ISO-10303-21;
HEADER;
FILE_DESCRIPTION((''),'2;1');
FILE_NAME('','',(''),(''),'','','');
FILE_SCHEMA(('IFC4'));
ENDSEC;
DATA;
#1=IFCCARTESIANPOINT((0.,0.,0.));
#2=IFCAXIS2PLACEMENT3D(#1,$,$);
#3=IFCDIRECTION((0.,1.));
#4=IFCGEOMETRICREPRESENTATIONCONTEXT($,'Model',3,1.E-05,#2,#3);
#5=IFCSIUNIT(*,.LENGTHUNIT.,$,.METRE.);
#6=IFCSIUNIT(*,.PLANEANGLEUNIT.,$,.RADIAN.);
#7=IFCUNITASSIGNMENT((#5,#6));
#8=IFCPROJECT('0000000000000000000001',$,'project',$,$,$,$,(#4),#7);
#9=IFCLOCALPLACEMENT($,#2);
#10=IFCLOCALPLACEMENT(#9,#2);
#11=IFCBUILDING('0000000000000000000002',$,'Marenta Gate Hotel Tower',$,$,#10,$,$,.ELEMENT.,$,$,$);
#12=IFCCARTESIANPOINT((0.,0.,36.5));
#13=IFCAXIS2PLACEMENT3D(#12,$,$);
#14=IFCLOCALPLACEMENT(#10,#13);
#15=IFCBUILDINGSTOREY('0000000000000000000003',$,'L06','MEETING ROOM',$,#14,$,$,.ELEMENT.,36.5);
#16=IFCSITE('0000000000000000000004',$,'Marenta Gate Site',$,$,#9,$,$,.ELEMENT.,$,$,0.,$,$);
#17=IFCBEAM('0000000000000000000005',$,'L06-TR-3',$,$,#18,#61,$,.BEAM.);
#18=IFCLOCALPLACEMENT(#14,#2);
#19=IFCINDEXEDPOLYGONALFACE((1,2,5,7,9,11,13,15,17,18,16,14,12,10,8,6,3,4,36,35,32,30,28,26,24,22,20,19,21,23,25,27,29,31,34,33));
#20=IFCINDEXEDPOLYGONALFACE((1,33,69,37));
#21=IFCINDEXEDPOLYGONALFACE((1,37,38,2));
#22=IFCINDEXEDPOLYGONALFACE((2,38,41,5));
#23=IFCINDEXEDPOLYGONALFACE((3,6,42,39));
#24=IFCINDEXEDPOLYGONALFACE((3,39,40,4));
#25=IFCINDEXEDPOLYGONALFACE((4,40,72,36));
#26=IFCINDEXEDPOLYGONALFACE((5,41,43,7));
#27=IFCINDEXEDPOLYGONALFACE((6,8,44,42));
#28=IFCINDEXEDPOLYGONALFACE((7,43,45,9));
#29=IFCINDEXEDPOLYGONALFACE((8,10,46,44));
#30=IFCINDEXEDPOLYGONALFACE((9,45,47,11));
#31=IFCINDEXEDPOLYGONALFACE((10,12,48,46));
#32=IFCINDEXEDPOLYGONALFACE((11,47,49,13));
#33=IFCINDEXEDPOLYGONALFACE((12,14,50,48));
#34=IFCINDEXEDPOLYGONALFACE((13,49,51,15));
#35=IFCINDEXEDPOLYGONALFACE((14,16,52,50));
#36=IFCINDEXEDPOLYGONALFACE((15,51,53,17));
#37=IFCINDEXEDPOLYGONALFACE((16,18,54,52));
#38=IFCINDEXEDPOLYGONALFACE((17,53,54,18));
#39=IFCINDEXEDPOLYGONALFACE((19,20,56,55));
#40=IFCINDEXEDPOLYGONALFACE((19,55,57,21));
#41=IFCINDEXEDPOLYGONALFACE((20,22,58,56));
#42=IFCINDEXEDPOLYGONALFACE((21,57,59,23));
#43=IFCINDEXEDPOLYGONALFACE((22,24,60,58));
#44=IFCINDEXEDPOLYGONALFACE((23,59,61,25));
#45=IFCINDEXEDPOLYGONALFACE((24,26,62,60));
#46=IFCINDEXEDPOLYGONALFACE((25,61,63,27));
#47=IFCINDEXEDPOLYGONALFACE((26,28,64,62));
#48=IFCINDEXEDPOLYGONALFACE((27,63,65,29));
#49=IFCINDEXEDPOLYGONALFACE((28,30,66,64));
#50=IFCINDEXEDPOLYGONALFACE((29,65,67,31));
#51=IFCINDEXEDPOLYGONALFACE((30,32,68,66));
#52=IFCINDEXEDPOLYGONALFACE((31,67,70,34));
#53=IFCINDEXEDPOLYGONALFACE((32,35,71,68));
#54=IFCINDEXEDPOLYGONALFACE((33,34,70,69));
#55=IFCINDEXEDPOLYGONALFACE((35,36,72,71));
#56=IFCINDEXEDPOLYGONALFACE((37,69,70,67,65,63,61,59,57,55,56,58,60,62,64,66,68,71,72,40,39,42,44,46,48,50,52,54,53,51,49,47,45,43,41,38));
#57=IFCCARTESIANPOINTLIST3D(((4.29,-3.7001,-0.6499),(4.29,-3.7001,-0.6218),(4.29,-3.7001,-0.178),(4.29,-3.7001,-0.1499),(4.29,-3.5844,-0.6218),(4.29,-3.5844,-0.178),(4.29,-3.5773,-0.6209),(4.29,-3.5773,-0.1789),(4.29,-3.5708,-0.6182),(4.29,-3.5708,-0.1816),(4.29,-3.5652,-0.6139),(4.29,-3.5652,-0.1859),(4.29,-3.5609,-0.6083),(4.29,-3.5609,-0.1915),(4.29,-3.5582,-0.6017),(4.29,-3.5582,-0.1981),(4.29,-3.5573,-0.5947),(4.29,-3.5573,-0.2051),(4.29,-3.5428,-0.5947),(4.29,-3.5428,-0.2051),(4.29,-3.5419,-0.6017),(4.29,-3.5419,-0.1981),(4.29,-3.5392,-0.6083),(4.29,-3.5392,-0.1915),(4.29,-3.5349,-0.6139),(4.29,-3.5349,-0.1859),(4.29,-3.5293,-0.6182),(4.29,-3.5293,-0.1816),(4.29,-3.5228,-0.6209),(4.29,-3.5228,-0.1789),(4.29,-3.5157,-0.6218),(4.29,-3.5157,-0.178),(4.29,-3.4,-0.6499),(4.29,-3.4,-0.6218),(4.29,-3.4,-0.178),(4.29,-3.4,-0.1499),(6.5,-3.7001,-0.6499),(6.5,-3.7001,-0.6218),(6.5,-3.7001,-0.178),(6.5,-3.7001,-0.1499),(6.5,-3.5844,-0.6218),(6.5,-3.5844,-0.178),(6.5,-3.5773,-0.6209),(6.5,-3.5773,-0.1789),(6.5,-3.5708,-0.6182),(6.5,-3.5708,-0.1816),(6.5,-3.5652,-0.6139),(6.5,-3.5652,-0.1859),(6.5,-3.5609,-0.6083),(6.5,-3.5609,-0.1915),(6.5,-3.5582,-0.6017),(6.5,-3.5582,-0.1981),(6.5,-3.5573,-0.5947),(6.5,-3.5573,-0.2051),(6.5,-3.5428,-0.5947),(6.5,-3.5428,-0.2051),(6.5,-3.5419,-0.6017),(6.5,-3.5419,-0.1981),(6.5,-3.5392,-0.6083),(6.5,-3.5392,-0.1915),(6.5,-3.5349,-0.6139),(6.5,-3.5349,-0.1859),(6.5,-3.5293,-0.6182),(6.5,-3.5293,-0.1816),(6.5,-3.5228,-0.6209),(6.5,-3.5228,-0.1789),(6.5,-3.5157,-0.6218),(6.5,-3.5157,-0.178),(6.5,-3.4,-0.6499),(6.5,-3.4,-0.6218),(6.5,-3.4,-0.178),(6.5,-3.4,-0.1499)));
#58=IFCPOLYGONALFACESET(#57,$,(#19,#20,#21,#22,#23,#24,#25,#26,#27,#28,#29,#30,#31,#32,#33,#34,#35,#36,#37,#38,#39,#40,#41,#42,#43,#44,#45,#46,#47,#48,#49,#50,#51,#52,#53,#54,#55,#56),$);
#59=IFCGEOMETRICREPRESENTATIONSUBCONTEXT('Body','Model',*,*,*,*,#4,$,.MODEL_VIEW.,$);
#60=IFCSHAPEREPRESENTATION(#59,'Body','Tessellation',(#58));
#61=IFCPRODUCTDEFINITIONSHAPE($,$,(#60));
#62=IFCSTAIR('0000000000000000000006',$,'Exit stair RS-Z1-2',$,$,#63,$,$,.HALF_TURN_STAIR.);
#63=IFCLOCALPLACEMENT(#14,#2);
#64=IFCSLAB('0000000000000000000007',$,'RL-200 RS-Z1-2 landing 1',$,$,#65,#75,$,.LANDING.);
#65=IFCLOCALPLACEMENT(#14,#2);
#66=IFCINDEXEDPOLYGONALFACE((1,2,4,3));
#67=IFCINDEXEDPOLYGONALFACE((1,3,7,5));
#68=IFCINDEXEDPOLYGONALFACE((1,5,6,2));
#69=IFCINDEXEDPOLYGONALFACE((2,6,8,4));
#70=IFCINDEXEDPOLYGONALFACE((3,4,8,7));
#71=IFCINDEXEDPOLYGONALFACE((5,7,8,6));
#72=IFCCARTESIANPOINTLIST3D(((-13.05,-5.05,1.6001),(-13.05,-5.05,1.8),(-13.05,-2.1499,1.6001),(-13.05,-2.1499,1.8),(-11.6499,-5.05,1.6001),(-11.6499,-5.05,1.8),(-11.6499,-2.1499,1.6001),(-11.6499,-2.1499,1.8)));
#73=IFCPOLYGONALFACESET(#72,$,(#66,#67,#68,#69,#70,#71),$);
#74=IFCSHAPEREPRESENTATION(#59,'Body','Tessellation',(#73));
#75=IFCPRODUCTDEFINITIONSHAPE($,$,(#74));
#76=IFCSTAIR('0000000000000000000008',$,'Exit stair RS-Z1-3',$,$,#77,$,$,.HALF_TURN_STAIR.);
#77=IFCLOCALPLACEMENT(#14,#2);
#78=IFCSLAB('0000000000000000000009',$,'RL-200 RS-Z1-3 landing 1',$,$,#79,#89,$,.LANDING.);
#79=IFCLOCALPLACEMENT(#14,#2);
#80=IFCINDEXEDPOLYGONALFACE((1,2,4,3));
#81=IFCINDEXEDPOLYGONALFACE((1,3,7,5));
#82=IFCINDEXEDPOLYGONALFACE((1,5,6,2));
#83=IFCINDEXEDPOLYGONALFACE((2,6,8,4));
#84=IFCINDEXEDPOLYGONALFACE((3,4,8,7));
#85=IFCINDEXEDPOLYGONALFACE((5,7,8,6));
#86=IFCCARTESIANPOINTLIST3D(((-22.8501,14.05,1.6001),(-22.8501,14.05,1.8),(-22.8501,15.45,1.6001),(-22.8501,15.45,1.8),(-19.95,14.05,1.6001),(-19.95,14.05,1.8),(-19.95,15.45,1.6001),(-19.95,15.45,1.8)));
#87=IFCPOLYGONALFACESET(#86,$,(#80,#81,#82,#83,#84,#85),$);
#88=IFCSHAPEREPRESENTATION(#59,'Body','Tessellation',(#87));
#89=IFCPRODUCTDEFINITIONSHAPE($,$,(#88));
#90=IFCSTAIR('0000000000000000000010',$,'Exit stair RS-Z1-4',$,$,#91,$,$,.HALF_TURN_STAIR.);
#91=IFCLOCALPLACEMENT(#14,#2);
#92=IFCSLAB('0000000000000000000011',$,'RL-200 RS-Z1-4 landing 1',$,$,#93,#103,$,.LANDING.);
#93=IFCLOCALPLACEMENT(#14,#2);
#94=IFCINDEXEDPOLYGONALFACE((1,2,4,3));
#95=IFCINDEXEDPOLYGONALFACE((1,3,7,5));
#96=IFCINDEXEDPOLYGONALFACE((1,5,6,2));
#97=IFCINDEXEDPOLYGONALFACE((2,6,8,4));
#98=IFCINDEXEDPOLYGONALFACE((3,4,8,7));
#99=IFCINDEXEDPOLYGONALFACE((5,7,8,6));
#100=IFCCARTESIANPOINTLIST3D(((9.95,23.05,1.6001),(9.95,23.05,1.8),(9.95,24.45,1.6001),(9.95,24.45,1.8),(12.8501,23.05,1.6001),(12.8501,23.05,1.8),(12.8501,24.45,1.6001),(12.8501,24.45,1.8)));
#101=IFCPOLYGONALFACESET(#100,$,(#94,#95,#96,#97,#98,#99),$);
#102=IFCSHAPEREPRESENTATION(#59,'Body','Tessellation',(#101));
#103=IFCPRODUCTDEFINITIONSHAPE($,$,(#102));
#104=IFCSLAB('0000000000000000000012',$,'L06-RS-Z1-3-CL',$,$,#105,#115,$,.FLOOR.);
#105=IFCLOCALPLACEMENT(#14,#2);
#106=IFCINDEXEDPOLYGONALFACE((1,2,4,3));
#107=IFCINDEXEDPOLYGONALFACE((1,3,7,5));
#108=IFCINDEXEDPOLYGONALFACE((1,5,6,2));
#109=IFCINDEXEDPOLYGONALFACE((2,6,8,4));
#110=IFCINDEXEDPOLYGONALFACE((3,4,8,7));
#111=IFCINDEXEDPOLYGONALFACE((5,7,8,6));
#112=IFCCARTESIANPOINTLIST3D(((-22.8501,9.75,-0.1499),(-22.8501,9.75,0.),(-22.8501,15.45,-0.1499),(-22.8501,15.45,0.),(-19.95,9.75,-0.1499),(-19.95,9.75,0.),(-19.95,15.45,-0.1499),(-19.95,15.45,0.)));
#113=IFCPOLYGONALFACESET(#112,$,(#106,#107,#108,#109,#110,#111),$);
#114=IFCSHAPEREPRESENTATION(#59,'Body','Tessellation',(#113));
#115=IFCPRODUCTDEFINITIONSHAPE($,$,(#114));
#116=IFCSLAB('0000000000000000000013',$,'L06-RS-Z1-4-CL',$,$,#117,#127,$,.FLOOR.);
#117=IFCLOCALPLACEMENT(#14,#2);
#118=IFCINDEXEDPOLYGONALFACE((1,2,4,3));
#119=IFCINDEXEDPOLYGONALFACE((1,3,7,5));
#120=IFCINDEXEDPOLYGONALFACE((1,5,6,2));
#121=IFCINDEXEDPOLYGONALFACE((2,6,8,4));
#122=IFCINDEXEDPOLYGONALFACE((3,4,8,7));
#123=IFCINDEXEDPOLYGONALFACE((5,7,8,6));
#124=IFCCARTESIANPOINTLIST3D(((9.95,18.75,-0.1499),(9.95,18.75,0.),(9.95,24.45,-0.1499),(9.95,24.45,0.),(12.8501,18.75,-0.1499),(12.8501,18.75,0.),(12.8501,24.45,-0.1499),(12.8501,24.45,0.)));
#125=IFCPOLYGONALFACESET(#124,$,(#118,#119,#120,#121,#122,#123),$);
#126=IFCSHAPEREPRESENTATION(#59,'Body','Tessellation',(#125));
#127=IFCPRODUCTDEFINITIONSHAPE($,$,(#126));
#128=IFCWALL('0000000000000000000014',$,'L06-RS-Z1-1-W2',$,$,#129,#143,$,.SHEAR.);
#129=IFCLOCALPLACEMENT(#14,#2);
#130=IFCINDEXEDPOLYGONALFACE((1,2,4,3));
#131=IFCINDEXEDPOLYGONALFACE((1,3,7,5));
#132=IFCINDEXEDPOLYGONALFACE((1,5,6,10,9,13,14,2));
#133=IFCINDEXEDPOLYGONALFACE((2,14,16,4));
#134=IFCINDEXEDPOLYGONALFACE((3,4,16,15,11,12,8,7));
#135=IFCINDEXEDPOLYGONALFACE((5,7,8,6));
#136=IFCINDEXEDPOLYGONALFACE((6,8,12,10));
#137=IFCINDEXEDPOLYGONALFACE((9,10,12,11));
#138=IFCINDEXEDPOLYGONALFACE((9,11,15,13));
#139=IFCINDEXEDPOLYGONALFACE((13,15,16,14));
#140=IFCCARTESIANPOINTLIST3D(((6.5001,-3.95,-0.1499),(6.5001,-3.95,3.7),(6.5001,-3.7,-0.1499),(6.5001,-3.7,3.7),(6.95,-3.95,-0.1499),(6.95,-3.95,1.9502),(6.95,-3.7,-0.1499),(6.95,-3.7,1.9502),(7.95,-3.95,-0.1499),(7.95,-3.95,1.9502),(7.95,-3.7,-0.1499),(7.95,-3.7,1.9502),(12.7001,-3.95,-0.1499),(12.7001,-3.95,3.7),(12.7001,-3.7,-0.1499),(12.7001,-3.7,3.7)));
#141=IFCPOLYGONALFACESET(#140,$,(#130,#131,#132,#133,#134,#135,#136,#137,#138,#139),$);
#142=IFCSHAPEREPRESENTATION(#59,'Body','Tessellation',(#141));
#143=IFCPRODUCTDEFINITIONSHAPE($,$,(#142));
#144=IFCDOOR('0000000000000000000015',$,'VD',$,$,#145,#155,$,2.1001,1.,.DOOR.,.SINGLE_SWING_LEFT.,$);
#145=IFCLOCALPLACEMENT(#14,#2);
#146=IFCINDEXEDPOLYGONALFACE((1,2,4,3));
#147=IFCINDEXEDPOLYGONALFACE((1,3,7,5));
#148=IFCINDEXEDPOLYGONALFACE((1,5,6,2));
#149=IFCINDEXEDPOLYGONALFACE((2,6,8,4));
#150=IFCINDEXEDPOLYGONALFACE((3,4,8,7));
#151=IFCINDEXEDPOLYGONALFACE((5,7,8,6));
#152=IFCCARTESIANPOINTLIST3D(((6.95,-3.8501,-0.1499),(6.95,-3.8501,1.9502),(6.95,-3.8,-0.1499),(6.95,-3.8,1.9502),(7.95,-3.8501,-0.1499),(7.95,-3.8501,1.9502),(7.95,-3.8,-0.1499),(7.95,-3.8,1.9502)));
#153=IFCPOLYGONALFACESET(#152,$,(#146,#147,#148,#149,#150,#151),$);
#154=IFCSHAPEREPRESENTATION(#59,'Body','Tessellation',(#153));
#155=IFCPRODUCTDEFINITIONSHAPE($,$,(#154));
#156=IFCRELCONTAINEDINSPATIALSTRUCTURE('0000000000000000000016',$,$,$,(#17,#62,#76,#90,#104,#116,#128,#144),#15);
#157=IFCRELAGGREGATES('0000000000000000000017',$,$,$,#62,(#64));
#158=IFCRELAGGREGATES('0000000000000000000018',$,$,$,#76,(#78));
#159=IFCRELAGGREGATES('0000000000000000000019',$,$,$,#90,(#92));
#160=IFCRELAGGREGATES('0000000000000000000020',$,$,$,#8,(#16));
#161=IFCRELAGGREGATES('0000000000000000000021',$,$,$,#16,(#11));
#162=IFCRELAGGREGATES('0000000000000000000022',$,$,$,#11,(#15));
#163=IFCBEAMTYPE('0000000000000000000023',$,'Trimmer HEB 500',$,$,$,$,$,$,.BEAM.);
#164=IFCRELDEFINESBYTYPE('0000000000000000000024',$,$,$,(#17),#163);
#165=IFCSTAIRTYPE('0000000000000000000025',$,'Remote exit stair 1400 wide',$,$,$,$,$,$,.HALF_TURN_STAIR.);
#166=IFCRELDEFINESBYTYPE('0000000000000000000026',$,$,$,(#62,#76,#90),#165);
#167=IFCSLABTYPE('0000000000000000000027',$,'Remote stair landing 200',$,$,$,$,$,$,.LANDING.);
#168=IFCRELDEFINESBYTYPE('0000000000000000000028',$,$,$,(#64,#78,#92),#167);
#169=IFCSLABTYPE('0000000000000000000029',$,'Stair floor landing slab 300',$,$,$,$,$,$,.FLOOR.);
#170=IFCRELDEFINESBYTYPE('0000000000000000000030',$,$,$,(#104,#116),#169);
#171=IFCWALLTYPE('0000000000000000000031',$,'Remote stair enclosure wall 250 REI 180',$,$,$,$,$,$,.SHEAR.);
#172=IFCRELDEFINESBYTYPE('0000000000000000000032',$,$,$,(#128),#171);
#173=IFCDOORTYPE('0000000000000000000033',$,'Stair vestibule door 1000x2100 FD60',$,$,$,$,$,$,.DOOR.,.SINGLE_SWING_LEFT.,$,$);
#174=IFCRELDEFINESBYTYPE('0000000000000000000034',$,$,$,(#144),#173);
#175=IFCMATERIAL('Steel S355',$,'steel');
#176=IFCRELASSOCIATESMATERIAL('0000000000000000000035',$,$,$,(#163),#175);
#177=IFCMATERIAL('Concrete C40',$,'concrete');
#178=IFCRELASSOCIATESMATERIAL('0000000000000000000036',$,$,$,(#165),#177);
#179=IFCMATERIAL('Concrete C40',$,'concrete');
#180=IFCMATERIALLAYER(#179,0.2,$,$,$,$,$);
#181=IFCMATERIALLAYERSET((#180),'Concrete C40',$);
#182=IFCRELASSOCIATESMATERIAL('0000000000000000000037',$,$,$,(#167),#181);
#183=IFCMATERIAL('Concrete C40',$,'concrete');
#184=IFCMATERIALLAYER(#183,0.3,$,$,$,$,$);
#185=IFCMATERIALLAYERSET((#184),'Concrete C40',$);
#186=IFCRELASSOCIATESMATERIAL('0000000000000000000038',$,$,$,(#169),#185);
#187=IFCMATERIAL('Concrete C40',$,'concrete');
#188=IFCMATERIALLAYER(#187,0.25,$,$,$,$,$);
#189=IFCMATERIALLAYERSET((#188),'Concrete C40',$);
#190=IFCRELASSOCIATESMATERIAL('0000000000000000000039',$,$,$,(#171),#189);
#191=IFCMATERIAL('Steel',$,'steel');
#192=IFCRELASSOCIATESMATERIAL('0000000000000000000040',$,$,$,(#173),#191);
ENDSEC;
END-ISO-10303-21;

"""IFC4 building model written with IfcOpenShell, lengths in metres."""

from ifc_helpers import new_model, si_unit, direction, frame, frame_2d, origin, origin_2d, place, context, subcontext, project, spatial, polyline, rectangle, i_section, outline, extrude, material, layer, layer_set, material_profile, profile_set, type_object, element, fill, aggregate, save


model = new_model("IFC4")

# Units and contexts
model_context = context("Model", 3, precision=1e-05, world=origin(), true_north=direction((0.0, 1.0)))
body_context = subcontext(model_context, "Body", "Model", "MODEL_VIEW")
ifc_project = project(units=[si_unit("LENGTHUNIT", "METRE"), si_unit("PLANEANGLEUNIT", "RADIAN")], contexts=[model_context])

# Site, building, storey
site_placement = place(None, origin())
site = spatial("IfcSite", under=ifc_project, at=site_placement, Name="Marenta Gate Site", CompositionType="ELEMENT", RefElevation=0.0)
building_placement = place(site_placement, origin())
building = spatial("IfcBuilding", under=site, at=building_placement, Name="Marenta Gate Hotel Tower", CompositionType="ELEMENT")
storey_placement = place(building_placement, frame((0.0, 0.0, 36.5)))
storey = spatial("IfcBuildingStorey", under=building, at=storey_placement, Name="L06", Description="MEETING ROOM", CompositionType="ELEMENT", Elevation=36.5)

# Beam
ifc_material_1 = material(Name="Steel S355", Category="steel")
ifc_material_profile = material_profile(ifc_material_1, i_section(OverallWidth=0.3, OverallDepth=0.5, WebThickness=0.0144, FlangeThickness=0.0281, FilletRadius=0.0271, at=origin_2d()), Name="HEB 500")
ifc_profile_set = profile_set([ifc_material_profile], Name="Steel S355")
beam_type = type_object("IfcBeamType", Name="Trimmer HEB 500", PredefinedType="BEAM", material=ifc_profile_set)
beam_placement = place(storey_placement, frame((4.29, -3.55, -0.3999), z_axis=(1.0, 0.0, 0.0), x_axis=(0.0, 1.0, 0.0)))
element("IfcBeam", 1, at=beam_placement, inside=storey, type_object=beam_type, Name="L06-TR-3", PredefinedType="BEAM", context=body_context, shape_type="SweptSolid", body=[
    extrude(i_section(OverallWidth=0.3, OverallDepth=0.5, WebThickness=0.0144, FlangeThickness=0.0281, FilletRadius=0.0271, at=origin_2d()), origin(), (0.0, 0.0, 1.0), 2.21),
])

# Stairs, slabs
ifc_material_2 = material(Name="Concrete C40", Category="concrete")
stair_type = type_object("IfcStairType", Name="Remote exit stair 1400 wide", PredefinedType="HALF_TURN_STAIR", material=ifc_material_2)
stair_1_placement = place(storey_placement, origin())
stair_1 = element("IfcStair", 2, at=stair_1_placement, inside=storey, type_object=stair_type, Name="Exit stair RS-Z1-2", PredefinedType="HALF_TURN_STAIR")
ifc_material_3 = material(Name="Concrete C40", Category="concrete")
ifc_layer_1 = layer(ifc_material_3, 0.2)
ifc_layer_set_1 = layer_set([ifc_layer_1], Name="Concrete C40")
slab_type_1 = type_object("IfcSlabType", Name="Remote stair landing 200", PredefinedType="LANDING", material=ifc_layer_set_1)
slab_1_placement = place(storey_placement, frame((0.0, 0.0, 1.6001)))
slab_1 = element("IfcSlab", 3, at=slab_1_placement, type_object=slab_type_1, Name="RL-200 RS-Z1-2 landing 1", PredefinedType="LANDING", context=body_context, shape_type="SweptSolid", body=[
    extrude(outline(polyline([(-13.05, -5.05), (-11.6499, -5.05), (-11.6499, -2.1499), (-13.05, -2.1499), (-13.05, -5.05)])), origin(), (0.0, 0.0, 1.0), 0.2),
])
aggregate(stair_1, [slab_1])
stair_2_placement = place(storey_placement, origin())
stair_2 = element("IfcStair", 4, at=stair_2_placement, inside=storey, type_object=stair_type, Name="Exit stair RS-Z1-3", PredefinedType="HALF_TURN_STAIR")
slab_2_placement = place(storey_placement, frame((0.0, 0.0, 1.6001)))
slab_2 = element("IfcSlab", 5, at=slab_2_placement, type_object=slab_type_1, Name="RL-200 RS-Z1-3 landing 1", PredefinedType="LANDING", context=body_context, shape_type="SweptSolid", body=[
    extrude(outline(polyline([(-22.8501, 14.05), (-19.95, 14.05), (-19.95, 15.45), (-22.8501, 15.45), (-22.8501, 14.05)])), origin(), (0.0, 0.0, 1.0), 0.2),
])
aggregate(stair_2, [slab_2])
stair_3_placement = place(storey_placement, origin())
stair_3 = element("IfcStair", 6, at=stair_3_placement, inside=storey, type_object=stair_type, Name="Exit stair RS-Z1-4", PredefinedType="HALF_TURN_STAIR")
slab_3_placement = place(storey_placement, frame((0.0, 0.0, 1.6001)))
slab_3 = element("IfcSlab", 7, at=slab_3_placement, type_object=slab_type_1, Name="RL-200 RS-Z1-4 landing 1", PredefinedType="LANDING", context=body_context, shape_type="SweptSolid", body=[
    extrude(outline(polyline([(9.95, 23.05), (12.8501, 23.05), (12.8501, 24.45), (9.95, 24.45), (9.95, 23.05)])), origin(), (0.0, 0.0, 1.0), 0.2),
])
aggregate(stair_3, [slab_3])

# Slabs
ifc_material_4 = material(Name="Concrete C40", Category="concrete")
ifc_layer_2 = layer(ifc_material_4, 0.3)
ifc_layer_set_2 = layer_set([ifc_layer_2], Name="Concrete C40")
slab_type_2 = type_object("IfcSlabType", Name="Stair floor landing slab 300", PredefinedType="FLOOR", material=ifc_layer_set_2)
slab_4_placement = place(storey_placement, frame((0.0, 0.0, -0.1499)))
element("IfcSlab", 8, at=slab_4_placement, inside=storey, type_object=slab_type_2, Name="L06-RS-Z1-3-CL", PredefinedType="FLOOR", context=body_context, shape_type="SweptSolid", body=[
    extrude(outline(polyline([(-19.95, 9.75), (-19.95, 15.45), (-22.8501, 15.45), (-22.8501, 9.75), (-19.95, 9.75)])), origin(), (0.0, 0.0, 1.0), 0.1499),
])
slab_5_placement = place(storey_placement, frame((0.0, 0.0, -0.1499)))
element("IfcSlab", 9, at=slab_5_placement, inside=storey, type_object=slab_type_2, Name="L06-RS-Z1-4-CL", PredefinedType="FLOOR", context=body_context, shape_type="SweptSolid", body=[
    extrude(outline(polyline([(12.8501, 18.75), (12.8501, 24.45), (9.95, 24.45), (9.95, 18.75), (12.8501, 18.75)])), origin(), (0.0, 0.0, 1.0), 0.1499),
])

# Wall, opening, door
ifc_material_5 = material(Name="Concrete C40", Category="concrete")
ifc_layer_3 = layer(ifc_material_5, 0.25)
ifc_layer_set_3 = layer_set([ifc_layer_3], Name="Concrete C40")
wall_type_1 = type_object("IfcWallType", Name="Remote stair enclosure wall 250 REI 180", PredefinedType="SHEAR", material=ifc_layer_set_3)
wall_1_placement = place(storey_placement, frame((6.5, -3.825, -0.1499), z_axis=(0.0, 0.0, 1.0), x_axis=(1.0, 0.0, 0.0)))
wall_1 = element("IfcWall", 10, at=wall_1_placement, inside=storey, type_object=wall_type_1, Name="L06-RS-Z1-1-W2", PredefinedType="SHEAR", context=body_context, shape_type="SweptSolid", body=[
    extrude(rectangle(XDim=6.2, YDim=0.25, at=frame_2d((3.1001, 0.0))), origin(), (0.0, 0.0, 1.0), 3.8499),
])
opening_1_placement = place(wall_1_placement, frame((0.45, 0.0, 0.0)))
opening_1 = element("IfcOpeningElement", 11, at=opening_1_placement, cuts=wall_1, PredefinedType="OPENING", context=body_context, shape_type="SweptSolid", body=[
    extrude(rectangle(XDim=1.0, YDim=2.1001, at=frame_2d((0.5, 1.05))), frame((0.0, 0.125, 0.0), z_axis=(0.0, -1.0, 0.0), x_axis=(1.0, 0.0, 0.0)), (0.0, 0.0, 1.0), 0.25),
])
ifc_material_6 = material(Name="Steel", Category="steel")
door_type_1 = type_object("IfcDoorType", Name="Stair vestibule door 1000x2100 FD60", OperationType="SINGLE_SWING_LEFT", PredefinedType="DOOR", material=ifc_material_6)
door_1_placement = place(opening_1_placement, origin())
door_1 = element("IfcDoor", 12, at=door_1_placement, inside=storey, type_object=door_type_1, Name="VD", OperationType="SINGLE_SWING_LEFT", OverallHeight=2.1001, OverallWidth=1.0, PredefinedType="DOOR", context=body_context, shape_type="SweptSolid", body=[
    extrude(rectangle(XDim=1.0, YDim=2.1001, at=frame_2d((0.5, 1.05))), frame((0.0, 0.0249, 0.0), z_axis=(0.0, -1.0, 0.0), x_axis=(1.0, 0.0, 0.0)), (0.0, 0.0, 1.0), 0.05),
])
fill(opening_1, door_1)

save(model, "model.ifc")
